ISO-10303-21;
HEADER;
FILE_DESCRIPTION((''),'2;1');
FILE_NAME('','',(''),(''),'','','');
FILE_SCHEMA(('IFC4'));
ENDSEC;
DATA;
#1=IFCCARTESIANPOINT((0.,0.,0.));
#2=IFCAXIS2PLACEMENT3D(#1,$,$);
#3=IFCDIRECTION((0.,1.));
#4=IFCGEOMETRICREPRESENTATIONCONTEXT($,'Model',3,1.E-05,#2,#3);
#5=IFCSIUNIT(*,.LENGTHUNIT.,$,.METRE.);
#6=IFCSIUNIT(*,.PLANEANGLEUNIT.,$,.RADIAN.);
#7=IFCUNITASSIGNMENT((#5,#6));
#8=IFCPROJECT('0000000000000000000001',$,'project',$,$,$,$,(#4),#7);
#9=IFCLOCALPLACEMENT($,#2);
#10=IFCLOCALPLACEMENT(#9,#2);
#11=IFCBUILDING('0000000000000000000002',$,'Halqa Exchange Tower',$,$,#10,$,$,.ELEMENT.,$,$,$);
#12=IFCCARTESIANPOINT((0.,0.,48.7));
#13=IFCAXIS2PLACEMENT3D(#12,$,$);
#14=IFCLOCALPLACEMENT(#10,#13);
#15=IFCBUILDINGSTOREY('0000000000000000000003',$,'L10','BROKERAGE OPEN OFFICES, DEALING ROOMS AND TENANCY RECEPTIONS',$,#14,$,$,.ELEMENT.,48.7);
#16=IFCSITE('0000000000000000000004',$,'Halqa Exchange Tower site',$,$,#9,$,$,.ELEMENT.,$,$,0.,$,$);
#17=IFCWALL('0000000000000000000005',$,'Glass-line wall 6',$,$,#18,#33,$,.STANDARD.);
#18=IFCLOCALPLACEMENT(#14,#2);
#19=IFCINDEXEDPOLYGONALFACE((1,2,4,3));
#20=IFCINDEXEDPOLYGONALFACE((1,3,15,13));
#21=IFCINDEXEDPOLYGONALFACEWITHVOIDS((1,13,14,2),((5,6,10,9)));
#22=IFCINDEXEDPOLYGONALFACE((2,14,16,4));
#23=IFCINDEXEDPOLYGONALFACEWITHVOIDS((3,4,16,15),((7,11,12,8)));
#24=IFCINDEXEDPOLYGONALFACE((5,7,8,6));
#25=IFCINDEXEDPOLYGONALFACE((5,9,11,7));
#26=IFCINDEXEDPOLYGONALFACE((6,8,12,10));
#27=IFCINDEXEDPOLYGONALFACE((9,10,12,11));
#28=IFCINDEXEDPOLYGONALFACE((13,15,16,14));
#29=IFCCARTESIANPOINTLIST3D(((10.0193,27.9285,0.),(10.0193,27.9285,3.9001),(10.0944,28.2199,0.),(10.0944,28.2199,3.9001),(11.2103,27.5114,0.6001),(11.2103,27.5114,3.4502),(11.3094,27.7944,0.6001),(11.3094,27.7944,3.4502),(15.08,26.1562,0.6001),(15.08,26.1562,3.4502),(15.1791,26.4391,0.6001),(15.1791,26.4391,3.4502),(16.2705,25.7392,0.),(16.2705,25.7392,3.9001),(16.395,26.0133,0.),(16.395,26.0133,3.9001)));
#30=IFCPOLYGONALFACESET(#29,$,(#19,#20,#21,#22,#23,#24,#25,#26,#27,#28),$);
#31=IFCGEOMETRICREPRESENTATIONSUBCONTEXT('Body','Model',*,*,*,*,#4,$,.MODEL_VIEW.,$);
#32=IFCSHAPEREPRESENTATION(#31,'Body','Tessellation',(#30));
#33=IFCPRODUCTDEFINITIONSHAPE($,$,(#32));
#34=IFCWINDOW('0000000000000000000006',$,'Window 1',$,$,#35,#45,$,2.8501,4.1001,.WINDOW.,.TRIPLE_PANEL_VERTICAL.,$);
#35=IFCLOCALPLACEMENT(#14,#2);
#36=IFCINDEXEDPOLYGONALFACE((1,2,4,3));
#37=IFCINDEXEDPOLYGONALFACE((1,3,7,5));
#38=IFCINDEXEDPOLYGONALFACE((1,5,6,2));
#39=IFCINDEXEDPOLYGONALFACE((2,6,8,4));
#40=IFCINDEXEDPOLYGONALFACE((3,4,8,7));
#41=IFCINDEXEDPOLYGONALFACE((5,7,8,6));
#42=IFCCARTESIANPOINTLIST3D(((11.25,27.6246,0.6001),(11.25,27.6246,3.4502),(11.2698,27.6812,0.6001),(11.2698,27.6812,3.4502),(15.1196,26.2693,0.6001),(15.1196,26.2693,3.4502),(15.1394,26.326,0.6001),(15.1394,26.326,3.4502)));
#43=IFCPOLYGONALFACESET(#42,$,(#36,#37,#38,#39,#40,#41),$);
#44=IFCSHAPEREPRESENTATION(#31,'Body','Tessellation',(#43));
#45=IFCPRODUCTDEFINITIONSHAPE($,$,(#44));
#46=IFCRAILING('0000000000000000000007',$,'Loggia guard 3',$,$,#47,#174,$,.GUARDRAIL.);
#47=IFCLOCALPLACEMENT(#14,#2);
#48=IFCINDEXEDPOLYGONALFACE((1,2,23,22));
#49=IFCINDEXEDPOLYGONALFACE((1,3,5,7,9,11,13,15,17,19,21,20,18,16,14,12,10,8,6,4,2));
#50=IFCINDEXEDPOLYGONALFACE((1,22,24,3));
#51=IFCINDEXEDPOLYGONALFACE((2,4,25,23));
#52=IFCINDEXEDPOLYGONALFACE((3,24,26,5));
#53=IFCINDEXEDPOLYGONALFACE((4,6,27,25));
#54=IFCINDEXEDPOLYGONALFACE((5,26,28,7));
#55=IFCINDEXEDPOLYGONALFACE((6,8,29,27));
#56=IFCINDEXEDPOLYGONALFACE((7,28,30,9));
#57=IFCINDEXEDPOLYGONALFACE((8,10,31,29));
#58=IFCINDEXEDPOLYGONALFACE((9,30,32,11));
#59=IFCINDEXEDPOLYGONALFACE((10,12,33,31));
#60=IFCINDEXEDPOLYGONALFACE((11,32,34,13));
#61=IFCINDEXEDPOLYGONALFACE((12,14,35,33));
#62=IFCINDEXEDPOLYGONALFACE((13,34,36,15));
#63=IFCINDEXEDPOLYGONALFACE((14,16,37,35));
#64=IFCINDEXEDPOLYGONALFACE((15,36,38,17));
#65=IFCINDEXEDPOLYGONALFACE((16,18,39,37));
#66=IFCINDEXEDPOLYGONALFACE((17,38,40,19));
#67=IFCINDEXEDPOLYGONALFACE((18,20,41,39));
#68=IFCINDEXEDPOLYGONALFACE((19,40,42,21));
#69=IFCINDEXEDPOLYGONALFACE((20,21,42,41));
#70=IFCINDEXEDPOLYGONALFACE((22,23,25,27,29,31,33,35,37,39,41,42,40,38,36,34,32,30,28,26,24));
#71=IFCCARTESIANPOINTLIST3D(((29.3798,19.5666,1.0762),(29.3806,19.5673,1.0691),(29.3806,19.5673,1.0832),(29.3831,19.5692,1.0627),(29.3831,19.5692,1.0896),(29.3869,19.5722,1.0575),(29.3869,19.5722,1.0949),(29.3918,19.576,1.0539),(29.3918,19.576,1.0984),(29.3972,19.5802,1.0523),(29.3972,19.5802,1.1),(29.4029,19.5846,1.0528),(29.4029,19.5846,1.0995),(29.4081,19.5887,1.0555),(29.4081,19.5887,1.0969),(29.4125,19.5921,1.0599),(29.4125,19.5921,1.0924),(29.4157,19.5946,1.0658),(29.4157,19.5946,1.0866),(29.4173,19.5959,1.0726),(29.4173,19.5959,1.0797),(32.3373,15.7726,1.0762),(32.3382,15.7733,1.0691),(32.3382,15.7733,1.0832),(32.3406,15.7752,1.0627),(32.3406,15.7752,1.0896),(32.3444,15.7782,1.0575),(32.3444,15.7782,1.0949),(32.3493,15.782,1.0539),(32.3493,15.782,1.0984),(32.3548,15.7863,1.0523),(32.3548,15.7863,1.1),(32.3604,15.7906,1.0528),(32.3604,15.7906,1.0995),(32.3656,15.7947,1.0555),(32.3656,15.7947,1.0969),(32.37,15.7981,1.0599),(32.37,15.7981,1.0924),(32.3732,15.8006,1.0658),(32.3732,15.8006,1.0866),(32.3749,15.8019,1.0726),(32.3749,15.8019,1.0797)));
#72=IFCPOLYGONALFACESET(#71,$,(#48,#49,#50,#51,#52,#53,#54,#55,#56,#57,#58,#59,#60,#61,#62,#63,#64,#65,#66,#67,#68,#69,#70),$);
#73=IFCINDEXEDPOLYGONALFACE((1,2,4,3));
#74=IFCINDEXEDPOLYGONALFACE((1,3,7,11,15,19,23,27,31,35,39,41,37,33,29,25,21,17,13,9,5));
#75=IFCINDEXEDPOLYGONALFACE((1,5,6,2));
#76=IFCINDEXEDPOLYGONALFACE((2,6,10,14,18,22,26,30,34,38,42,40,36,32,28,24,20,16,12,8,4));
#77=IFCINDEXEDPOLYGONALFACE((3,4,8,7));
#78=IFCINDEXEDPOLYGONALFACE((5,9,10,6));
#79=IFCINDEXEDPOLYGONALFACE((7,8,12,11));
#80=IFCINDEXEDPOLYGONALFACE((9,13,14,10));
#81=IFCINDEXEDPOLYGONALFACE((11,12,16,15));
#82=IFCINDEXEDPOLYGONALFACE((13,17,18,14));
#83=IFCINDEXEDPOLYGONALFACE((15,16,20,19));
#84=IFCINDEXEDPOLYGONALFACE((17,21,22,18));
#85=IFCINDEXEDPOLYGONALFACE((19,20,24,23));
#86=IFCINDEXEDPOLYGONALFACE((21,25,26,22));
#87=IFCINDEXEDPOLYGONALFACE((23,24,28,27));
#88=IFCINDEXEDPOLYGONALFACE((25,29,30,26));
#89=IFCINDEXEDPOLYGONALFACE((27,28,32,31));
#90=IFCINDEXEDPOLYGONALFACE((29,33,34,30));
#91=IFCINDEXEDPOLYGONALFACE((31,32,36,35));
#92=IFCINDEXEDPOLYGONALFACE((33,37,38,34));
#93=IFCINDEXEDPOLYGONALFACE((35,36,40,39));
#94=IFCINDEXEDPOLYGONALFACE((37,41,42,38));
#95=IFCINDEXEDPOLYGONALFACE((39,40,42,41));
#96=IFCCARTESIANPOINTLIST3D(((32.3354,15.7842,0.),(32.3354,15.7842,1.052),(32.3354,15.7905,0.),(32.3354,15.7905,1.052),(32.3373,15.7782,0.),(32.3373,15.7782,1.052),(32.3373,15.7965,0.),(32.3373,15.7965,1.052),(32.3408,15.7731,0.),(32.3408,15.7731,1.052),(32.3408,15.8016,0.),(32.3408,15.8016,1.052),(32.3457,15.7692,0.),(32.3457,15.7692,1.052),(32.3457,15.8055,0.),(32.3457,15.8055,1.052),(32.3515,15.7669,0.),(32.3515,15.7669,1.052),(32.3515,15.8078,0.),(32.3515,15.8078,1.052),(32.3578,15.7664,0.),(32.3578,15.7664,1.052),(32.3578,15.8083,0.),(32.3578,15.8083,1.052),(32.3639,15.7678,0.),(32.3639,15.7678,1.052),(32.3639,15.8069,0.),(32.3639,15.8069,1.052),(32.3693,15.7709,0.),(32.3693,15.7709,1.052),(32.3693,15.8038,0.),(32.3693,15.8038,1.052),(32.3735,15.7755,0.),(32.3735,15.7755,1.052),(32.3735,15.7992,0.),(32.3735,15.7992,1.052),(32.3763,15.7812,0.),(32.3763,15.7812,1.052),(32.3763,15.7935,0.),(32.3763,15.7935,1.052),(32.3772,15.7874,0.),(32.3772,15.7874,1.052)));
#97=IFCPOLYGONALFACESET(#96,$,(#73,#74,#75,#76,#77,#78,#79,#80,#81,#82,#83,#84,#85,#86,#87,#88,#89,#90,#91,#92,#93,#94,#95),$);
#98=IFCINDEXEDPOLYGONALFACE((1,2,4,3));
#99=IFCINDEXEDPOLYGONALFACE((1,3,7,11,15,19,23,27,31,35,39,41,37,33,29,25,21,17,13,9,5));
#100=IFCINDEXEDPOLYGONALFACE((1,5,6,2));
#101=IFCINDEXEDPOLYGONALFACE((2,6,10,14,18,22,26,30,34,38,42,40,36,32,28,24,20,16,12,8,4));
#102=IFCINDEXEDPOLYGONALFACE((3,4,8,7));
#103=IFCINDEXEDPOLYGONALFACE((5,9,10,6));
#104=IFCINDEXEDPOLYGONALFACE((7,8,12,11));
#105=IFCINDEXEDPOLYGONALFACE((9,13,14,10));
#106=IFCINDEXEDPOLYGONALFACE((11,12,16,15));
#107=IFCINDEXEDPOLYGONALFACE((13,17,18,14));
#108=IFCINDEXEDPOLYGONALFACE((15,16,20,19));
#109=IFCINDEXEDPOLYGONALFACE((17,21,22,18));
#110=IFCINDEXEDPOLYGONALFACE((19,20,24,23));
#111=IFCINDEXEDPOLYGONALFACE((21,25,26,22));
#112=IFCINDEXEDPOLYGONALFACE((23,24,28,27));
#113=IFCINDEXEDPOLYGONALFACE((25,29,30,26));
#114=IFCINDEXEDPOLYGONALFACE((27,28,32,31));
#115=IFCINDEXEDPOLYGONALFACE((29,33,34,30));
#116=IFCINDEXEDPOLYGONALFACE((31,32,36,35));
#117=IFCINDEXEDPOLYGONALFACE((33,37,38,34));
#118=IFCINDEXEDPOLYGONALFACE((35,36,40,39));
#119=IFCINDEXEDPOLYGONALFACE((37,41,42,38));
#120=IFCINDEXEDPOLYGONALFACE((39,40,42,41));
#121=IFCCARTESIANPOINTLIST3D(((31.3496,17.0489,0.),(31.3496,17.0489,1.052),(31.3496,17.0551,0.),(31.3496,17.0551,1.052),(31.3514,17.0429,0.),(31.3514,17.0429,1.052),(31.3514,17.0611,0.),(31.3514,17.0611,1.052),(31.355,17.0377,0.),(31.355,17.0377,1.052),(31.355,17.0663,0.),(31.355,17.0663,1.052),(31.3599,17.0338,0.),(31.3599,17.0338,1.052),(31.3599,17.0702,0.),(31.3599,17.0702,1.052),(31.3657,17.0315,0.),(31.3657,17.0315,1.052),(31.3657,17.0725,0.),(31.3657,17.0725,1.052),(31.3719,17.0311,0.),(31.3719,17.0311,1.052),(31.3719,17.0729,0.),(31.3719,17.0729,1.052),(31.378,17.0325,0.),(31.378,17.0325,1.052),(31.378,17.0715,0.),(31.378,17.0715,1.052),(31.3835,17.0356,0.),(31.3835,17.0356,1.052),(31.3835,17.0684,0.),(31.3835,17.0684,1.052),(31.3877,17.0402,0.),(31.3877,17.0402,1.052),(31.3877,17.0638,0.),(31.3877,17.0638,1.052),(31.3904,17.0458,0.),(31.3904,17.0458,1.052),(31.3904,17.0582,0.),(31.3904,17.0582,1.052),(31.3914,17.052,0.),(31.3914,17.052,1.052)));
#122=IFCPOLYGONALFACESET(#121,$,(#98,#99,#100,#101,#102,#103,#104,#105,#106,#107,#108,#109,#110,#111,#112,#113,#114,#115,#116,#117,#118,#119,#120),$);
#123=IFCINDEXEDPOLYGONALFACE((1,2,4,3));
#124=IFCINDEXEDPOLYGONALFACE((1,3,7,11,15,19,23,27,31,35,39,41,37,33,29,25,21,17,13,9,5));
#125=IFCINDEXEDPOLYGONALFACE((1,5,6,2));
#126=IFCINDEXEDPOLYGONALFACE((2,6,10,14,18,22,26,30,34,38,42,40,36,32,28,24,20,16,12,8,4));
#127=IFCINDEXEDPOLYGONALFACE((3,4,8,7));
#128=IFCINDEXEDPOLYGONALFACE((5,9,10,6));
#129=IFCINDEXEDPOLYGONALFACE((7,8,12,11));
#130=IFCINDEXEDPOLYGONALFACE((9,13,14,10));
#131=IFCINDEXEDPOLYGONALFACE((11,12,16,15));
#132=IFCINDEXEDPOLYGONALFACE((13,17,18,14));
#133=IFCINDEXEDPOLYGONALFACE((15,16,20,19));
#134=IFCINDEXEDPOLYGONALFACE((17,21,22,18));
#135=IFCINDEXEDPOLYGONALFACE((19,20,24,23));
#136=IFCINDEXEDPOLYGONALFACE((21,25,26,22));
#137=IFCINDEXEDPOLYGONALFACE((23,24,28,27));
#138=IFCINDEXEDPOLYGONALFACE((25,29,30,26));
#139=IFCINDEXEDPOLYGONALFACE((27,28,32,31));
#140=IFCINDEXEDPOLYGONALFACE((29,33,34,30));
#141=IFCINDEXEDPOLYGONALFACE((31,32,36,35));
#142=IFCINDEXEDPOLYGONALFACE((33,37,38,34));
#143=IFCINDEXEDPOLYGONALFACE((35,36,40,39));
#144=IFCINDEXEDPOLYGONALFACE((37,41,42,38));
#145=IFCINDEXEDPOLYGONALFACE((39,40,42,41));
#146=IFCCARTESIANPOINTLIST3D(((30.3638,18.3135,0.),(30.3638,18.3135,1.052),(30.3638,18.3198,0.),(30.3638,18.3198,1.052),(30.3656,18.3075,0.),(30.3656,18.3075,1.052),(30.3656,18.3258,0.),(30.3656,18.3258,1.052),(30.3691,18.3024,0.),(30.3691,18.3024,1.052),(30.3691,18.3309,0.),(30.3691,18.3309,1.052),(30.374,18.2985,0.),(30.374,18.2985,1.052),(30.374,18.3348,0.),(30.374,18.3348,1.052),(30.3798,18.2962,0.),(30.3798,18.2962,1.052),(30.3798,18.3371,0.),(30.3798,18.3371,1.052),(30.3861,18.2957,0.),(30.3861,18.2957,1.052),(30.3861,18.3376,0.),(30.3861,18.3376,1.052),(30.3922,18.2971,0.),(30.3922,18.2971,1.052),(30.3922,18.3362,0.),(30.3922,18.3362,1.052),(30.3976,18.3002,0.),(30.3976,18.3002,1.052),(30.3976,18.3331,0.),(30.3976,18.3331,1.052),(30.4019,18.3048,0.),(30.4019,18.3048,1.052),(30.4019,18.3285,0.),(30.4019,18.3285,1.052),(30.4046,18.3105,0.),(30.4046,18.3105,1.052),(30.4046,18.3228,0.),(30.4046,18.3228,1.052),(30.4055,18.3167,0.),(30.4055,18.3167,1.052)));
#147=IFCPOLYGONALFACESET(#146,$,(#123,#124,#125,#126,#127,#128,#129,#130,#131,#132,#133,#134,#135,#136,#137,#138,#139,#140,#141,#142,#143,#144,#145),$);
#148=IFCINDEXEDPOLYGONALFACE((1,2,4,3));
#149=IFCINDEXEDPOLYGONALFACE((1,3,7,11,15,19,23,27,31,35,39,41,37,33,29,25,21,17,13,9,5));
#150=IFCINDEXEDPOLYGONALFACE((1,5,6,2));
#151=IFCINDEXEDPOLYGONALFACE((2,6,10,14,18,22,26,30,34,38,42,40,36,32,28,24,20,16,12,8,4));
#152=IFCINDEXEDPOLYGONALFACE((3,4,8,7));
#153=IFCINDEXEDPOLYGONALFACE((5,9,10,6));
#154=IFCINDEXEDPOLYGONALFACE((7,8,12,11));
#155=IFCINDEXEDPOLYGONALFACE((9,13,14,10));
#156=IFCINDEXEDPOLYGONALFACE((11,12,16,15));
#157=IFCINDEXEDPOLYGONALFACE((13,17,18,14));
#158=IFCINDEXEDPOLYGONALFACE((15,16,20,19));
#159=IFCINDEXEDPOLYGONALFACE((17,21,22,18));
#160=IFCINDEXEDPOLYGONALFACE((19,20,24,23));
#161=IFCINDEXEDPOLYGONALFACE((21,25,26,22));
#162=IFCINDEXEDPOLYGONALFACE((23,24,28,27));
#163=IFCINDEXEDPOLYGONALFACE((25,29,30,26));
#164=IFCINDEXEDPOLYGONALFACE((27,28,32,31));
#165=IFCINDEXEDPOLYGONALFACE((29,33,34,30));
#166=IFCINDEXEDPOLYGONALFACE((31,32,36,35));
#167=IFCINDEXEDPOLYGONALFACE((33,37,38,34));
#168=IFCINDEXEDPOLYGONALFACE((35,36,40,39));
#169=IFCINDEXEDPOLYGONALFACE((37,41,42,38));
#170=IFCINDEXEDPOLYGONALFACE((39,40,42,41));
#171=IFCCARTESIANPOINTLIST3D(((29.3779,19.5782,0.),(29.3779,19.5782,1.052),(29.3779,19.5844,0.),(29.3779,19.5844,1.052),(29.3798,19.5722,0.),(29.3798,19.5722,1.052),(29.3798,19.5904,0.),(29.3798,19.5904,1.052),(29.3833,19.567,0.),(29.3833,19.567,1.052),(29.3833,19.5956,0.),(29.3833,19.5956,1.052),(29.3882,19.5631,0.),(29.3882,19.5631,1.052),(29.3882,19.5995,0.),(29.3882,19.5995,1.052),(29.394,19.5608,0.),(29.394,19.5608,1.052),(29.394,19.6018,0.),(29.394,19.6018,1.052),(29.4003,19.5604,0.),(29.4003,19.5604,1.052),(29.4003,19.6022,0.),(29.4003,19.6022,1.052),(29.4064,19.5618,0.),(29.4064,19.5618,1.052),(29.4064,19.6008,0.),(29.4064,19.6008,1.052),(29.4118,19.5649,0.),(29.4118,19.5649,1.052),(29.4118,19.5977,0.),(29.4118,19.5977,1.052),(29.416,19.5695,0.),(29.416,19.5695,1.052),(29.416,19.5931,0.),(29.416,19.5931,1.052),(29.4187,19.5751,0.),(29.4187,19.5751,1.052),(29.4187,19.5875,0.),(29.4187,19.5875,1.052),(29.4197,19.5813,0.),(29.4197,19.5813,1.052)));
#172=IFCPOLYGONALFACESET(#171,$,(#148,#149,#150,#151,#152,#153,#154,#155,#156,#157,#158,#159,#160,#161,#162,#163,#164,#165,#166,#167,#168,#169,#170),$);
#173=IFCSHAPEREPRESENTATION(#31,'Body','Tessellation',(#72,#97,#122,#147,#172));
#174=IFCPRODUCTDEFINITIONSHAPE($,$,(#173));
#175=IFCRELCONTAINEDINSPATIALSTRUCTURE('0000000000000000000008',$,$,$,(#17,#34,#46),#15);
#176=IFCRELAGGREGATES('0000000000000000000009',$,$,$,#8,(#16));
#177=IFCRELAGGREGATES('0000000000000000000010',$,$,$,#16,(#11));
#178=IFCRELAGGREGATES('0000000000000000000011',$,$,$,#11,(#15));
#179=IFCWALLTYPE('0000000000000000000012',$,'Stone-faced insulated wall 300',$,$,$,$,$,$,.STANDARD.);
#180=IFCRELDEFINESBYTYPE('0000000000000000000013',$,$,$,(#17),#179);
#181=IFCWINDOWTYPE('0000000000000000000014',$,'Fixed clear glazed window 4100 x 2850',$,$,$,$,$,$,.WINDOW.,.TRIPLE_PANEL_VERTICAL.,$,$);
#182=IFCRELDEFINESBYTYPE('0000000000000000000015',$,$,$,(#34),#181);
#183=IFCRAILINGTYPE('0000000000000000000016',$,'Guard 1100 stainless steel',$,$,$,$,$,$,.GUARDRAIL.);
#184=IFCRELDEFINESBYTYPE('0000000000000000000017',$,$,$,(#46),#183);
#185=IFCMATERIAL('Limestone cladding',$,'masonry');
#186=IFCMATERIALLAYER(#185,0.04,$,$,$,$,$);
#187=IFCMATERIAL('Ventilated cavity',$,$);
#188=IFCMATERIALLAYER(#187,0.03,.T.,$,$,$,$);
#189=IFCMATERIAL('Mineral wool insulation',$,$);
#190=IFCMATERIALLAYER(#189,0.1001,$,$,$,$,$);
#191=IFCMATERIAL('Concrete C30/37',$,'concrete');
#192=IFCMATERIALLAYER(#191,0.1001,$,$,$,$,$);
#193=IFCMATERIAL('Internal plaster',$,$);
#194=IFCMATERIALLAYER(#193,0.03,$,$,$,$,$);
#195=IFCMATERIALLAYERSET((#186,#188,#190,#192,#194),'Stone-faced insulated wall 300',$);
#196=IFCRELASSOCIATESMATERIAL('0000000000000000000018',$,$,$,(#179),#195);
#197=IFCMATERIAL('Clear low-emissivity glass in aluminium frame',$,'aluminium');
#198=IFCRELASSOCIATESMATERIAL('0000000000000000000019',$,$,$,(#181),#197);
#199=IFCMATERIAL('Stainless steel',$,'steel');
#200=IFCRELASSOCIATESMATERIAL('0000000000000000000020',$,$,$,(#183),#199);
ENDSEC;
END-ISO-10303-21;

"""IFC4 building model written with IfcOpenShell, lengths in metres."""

from ifc_helpers import new_model, si_unit, direction, frame, frame_2d, origin, origin_2d, place, context, subcontext, project, spatial, polyline, rectangle, circle, outline, extrude, material, layer, layer_set, type_object, element, fill, save


model = new_model("IFC4")

# Units and contexts
model_context = context("Model", 3, precision=1e-05, world=origin(), true_north=direction((0.0, 1.0)))
body_context = subcontext(model_context, "Body", "Model", "MODEL_VIEW")
ifc_project = project(units=[si_unit("LENGTHUNIT", "METRE"), si_unit("PLANEANGLEUNIT", "RADIAN")], contexts=[model_context])

# Site, building, storey
site_placement = place(None, origin())
site = spatial("IfcSite", under=ifc_project, at=site_placement, Name="Halqa Exchange Tower site", CompositionType="ELEMENT", RefElevation=0.0)
building_placement = place(site_placement, origin())
building = spatial("IfcBuilding", under=site, at=building_placement, Name="Halqa Exchange Tower", CompositionType="ELEMENT")
storey_placement = place(building_placement, frame((0.0, 0.0, 48.7)))
storey = spatial("IfcBuildingStorey", under=building, at=storey_placement, Name="L10", Description="BROKERAGE OPEN OFFICES, DEALING ROOMS AND TENANCY RECEPTIONS", CompositionType="ELEMENT", Elevation=48.7)

# Shared definitions
ifc_material_1 = material(Name="Limestone cladding", Category="masonry")
ifc_layer_1 = layer(ifc_material_1, 0.04)
ifc_material_2 = material(Name="Ventilated cavity")
ifc_layer_2 = layer(ifc_material_2, 0.03, ventilated=True)
ifc_material_3 = material(Name="Mineral wool insulation")
ifc_layer_3 = layer(ifc_material_3, 0.1001)
ifc_material_4 = material(Name="Concrete C30/37", Category="concrete")
ifc_layer_4 = layer(ifc_material_4, 0.1001)
ifc_material_5 = material(Name="Internal plaster")
ifc_layer_5 = layer(ifc_material_5, 0.03)
ifc_layer_set_1 = layer_set([ifc_layer_1, ifc_layer_2, ifc_layer_3, ifc_layer_4, ifc_layer_5], Name="Stone-faced insulated wall 300")
wall_type_1 = type_object("IfcWallType", Name="Stone-faced insulated wall 300", PredefinedType="STANDARD", material=ifc_layer_set_1)
ifc_material_6 = material(Name="Clear low-emissivity glass in aluminium frame", Category="aluminium")

# Wall, opening, window
window_type = type_object("IfcWindowType", Name="Fixed clear glazed window 4100 x 2850", PartitioningType="TRIPLE_PANEL_VERTICAL", PredefinedType="WINDOW", material=ifc_material_6)
wall_1_placement = place(storey_placement, frame((16.3328, 25.8762, 0.0), z_axis=(0.0, 0.0, 1.0), x_axis=(-0.943791, 0.330543, 0.0)))
wall_1 = element("IfcWall", 1, at=wall_1_placement, inside=storey, type_object=wall_type_1, Name="Glass-line wall 6", PredefinedType="STANDARD", context=body_context, shape_type="SweptSolid", body=[
    extrude(outline(polyline([(-0.0134, -0.1499), (6.6624, -0.1499), (6.637, 0.1499), (0.0134, 0.1499), (-0.0134, -0.1499)])), origin(), (0.0, 0.0, 1.0), 3.9001),
])
opening_1_placement = place(wall_1_placement, frame((1.2749, 0.0, 0.6001)))
opening_1 = element("IfcOpeningElement", 2, at=opening_1_placement, cuts=wall_1, PredefinedType="OPENING", context=body_context, shape_type="SweptSolid", body=[
    extrude(rectangle(XDim=4.1001, YDim=2.8501, at=frame_2d((2.05, 1.425))), frame((0.0, 0.1621, 0.0), z_axis=(0.0, -1.0, 0.0), x_axis=(1.0, 0.0, 0.0)), (0.0, 0.0, 1.0), 0.324),
])
window_1_placement = place(opening_1_placement, origin())
window_1 = element("IfcWindow", 3, at=window_1_placement, inside=storey, type_object=window_type, Name="Window 1", OverallHeight=2.8501, OverallWidth=4.1001, PartitioningType="TRIPLE_PANEL_VERTICAL", PredefinedType="WINDOW", context=body_context, shape_type="SweptSolid", body=[
    extrude(rectangle(XDim=4.1001, YDim=2.8501, at=frame_2d((2.05, 1.425))), frame((0.0, 0.03, 0.0), z_axis=(0.0, -1.0, 0.0), x_axis=(1.0, 0.0, 0.0)), (0.0, 0.0, 1.0), 0.0601),
])
fill(opening_1, window_1)

# Railing
ifc_material_7 = material(Name="Stainless steel", Category="steel")
railing_type = type_object("IfcRailingType", Name="Guard 1100 stainless steel", PredefinedType="GUARDRAIL", material=ifc_material_7)
railing_1_placement = place(storey_placement, frame((32.3562, 15.7874, 0.0)))
element("IfcRailing", 4, at=railing_1_placement, inside=storey, type_object=railing_type, Name="Loggia guard 3", PredefinedType="GUARDRAIL", context=body_context, shape_type="SweptSolid", body=[
    extrude(circle(Radius=0.0239, at=origin_2d()), frame((0.0, 0.0, 1.0762), z_axis=(-0.614805, 0.788679, 0.0), x_axis=(-0.788679, -0.614805, 0.0)), (0.0, 0.0, 1.0), 4.8105),
    extrude(circle(Radius=0.021, at=origin_2d()), origin(), (0.0, 0.0, 1.0), 1.052),
    extrude(circle(Radius=0.021, at=origin_2d()), frame((-0.9858, 1.2646, 0.0)), (0.0, 0.0, 1.0), 1.052),
    extrude(circle(Radius=0.021, at=origin_2d()), frame((-1.9717, 2.5293, 0.0)), (0.0, 0.0, 1.0), 1.052),
    extrude(circle(Radius=0.021, at=origin_2d()), frame((-2.9575, 3.7939, 0.0)), (0.0, 0.0, 1.0), 1.052),
])

save(model, "model.ifc")
